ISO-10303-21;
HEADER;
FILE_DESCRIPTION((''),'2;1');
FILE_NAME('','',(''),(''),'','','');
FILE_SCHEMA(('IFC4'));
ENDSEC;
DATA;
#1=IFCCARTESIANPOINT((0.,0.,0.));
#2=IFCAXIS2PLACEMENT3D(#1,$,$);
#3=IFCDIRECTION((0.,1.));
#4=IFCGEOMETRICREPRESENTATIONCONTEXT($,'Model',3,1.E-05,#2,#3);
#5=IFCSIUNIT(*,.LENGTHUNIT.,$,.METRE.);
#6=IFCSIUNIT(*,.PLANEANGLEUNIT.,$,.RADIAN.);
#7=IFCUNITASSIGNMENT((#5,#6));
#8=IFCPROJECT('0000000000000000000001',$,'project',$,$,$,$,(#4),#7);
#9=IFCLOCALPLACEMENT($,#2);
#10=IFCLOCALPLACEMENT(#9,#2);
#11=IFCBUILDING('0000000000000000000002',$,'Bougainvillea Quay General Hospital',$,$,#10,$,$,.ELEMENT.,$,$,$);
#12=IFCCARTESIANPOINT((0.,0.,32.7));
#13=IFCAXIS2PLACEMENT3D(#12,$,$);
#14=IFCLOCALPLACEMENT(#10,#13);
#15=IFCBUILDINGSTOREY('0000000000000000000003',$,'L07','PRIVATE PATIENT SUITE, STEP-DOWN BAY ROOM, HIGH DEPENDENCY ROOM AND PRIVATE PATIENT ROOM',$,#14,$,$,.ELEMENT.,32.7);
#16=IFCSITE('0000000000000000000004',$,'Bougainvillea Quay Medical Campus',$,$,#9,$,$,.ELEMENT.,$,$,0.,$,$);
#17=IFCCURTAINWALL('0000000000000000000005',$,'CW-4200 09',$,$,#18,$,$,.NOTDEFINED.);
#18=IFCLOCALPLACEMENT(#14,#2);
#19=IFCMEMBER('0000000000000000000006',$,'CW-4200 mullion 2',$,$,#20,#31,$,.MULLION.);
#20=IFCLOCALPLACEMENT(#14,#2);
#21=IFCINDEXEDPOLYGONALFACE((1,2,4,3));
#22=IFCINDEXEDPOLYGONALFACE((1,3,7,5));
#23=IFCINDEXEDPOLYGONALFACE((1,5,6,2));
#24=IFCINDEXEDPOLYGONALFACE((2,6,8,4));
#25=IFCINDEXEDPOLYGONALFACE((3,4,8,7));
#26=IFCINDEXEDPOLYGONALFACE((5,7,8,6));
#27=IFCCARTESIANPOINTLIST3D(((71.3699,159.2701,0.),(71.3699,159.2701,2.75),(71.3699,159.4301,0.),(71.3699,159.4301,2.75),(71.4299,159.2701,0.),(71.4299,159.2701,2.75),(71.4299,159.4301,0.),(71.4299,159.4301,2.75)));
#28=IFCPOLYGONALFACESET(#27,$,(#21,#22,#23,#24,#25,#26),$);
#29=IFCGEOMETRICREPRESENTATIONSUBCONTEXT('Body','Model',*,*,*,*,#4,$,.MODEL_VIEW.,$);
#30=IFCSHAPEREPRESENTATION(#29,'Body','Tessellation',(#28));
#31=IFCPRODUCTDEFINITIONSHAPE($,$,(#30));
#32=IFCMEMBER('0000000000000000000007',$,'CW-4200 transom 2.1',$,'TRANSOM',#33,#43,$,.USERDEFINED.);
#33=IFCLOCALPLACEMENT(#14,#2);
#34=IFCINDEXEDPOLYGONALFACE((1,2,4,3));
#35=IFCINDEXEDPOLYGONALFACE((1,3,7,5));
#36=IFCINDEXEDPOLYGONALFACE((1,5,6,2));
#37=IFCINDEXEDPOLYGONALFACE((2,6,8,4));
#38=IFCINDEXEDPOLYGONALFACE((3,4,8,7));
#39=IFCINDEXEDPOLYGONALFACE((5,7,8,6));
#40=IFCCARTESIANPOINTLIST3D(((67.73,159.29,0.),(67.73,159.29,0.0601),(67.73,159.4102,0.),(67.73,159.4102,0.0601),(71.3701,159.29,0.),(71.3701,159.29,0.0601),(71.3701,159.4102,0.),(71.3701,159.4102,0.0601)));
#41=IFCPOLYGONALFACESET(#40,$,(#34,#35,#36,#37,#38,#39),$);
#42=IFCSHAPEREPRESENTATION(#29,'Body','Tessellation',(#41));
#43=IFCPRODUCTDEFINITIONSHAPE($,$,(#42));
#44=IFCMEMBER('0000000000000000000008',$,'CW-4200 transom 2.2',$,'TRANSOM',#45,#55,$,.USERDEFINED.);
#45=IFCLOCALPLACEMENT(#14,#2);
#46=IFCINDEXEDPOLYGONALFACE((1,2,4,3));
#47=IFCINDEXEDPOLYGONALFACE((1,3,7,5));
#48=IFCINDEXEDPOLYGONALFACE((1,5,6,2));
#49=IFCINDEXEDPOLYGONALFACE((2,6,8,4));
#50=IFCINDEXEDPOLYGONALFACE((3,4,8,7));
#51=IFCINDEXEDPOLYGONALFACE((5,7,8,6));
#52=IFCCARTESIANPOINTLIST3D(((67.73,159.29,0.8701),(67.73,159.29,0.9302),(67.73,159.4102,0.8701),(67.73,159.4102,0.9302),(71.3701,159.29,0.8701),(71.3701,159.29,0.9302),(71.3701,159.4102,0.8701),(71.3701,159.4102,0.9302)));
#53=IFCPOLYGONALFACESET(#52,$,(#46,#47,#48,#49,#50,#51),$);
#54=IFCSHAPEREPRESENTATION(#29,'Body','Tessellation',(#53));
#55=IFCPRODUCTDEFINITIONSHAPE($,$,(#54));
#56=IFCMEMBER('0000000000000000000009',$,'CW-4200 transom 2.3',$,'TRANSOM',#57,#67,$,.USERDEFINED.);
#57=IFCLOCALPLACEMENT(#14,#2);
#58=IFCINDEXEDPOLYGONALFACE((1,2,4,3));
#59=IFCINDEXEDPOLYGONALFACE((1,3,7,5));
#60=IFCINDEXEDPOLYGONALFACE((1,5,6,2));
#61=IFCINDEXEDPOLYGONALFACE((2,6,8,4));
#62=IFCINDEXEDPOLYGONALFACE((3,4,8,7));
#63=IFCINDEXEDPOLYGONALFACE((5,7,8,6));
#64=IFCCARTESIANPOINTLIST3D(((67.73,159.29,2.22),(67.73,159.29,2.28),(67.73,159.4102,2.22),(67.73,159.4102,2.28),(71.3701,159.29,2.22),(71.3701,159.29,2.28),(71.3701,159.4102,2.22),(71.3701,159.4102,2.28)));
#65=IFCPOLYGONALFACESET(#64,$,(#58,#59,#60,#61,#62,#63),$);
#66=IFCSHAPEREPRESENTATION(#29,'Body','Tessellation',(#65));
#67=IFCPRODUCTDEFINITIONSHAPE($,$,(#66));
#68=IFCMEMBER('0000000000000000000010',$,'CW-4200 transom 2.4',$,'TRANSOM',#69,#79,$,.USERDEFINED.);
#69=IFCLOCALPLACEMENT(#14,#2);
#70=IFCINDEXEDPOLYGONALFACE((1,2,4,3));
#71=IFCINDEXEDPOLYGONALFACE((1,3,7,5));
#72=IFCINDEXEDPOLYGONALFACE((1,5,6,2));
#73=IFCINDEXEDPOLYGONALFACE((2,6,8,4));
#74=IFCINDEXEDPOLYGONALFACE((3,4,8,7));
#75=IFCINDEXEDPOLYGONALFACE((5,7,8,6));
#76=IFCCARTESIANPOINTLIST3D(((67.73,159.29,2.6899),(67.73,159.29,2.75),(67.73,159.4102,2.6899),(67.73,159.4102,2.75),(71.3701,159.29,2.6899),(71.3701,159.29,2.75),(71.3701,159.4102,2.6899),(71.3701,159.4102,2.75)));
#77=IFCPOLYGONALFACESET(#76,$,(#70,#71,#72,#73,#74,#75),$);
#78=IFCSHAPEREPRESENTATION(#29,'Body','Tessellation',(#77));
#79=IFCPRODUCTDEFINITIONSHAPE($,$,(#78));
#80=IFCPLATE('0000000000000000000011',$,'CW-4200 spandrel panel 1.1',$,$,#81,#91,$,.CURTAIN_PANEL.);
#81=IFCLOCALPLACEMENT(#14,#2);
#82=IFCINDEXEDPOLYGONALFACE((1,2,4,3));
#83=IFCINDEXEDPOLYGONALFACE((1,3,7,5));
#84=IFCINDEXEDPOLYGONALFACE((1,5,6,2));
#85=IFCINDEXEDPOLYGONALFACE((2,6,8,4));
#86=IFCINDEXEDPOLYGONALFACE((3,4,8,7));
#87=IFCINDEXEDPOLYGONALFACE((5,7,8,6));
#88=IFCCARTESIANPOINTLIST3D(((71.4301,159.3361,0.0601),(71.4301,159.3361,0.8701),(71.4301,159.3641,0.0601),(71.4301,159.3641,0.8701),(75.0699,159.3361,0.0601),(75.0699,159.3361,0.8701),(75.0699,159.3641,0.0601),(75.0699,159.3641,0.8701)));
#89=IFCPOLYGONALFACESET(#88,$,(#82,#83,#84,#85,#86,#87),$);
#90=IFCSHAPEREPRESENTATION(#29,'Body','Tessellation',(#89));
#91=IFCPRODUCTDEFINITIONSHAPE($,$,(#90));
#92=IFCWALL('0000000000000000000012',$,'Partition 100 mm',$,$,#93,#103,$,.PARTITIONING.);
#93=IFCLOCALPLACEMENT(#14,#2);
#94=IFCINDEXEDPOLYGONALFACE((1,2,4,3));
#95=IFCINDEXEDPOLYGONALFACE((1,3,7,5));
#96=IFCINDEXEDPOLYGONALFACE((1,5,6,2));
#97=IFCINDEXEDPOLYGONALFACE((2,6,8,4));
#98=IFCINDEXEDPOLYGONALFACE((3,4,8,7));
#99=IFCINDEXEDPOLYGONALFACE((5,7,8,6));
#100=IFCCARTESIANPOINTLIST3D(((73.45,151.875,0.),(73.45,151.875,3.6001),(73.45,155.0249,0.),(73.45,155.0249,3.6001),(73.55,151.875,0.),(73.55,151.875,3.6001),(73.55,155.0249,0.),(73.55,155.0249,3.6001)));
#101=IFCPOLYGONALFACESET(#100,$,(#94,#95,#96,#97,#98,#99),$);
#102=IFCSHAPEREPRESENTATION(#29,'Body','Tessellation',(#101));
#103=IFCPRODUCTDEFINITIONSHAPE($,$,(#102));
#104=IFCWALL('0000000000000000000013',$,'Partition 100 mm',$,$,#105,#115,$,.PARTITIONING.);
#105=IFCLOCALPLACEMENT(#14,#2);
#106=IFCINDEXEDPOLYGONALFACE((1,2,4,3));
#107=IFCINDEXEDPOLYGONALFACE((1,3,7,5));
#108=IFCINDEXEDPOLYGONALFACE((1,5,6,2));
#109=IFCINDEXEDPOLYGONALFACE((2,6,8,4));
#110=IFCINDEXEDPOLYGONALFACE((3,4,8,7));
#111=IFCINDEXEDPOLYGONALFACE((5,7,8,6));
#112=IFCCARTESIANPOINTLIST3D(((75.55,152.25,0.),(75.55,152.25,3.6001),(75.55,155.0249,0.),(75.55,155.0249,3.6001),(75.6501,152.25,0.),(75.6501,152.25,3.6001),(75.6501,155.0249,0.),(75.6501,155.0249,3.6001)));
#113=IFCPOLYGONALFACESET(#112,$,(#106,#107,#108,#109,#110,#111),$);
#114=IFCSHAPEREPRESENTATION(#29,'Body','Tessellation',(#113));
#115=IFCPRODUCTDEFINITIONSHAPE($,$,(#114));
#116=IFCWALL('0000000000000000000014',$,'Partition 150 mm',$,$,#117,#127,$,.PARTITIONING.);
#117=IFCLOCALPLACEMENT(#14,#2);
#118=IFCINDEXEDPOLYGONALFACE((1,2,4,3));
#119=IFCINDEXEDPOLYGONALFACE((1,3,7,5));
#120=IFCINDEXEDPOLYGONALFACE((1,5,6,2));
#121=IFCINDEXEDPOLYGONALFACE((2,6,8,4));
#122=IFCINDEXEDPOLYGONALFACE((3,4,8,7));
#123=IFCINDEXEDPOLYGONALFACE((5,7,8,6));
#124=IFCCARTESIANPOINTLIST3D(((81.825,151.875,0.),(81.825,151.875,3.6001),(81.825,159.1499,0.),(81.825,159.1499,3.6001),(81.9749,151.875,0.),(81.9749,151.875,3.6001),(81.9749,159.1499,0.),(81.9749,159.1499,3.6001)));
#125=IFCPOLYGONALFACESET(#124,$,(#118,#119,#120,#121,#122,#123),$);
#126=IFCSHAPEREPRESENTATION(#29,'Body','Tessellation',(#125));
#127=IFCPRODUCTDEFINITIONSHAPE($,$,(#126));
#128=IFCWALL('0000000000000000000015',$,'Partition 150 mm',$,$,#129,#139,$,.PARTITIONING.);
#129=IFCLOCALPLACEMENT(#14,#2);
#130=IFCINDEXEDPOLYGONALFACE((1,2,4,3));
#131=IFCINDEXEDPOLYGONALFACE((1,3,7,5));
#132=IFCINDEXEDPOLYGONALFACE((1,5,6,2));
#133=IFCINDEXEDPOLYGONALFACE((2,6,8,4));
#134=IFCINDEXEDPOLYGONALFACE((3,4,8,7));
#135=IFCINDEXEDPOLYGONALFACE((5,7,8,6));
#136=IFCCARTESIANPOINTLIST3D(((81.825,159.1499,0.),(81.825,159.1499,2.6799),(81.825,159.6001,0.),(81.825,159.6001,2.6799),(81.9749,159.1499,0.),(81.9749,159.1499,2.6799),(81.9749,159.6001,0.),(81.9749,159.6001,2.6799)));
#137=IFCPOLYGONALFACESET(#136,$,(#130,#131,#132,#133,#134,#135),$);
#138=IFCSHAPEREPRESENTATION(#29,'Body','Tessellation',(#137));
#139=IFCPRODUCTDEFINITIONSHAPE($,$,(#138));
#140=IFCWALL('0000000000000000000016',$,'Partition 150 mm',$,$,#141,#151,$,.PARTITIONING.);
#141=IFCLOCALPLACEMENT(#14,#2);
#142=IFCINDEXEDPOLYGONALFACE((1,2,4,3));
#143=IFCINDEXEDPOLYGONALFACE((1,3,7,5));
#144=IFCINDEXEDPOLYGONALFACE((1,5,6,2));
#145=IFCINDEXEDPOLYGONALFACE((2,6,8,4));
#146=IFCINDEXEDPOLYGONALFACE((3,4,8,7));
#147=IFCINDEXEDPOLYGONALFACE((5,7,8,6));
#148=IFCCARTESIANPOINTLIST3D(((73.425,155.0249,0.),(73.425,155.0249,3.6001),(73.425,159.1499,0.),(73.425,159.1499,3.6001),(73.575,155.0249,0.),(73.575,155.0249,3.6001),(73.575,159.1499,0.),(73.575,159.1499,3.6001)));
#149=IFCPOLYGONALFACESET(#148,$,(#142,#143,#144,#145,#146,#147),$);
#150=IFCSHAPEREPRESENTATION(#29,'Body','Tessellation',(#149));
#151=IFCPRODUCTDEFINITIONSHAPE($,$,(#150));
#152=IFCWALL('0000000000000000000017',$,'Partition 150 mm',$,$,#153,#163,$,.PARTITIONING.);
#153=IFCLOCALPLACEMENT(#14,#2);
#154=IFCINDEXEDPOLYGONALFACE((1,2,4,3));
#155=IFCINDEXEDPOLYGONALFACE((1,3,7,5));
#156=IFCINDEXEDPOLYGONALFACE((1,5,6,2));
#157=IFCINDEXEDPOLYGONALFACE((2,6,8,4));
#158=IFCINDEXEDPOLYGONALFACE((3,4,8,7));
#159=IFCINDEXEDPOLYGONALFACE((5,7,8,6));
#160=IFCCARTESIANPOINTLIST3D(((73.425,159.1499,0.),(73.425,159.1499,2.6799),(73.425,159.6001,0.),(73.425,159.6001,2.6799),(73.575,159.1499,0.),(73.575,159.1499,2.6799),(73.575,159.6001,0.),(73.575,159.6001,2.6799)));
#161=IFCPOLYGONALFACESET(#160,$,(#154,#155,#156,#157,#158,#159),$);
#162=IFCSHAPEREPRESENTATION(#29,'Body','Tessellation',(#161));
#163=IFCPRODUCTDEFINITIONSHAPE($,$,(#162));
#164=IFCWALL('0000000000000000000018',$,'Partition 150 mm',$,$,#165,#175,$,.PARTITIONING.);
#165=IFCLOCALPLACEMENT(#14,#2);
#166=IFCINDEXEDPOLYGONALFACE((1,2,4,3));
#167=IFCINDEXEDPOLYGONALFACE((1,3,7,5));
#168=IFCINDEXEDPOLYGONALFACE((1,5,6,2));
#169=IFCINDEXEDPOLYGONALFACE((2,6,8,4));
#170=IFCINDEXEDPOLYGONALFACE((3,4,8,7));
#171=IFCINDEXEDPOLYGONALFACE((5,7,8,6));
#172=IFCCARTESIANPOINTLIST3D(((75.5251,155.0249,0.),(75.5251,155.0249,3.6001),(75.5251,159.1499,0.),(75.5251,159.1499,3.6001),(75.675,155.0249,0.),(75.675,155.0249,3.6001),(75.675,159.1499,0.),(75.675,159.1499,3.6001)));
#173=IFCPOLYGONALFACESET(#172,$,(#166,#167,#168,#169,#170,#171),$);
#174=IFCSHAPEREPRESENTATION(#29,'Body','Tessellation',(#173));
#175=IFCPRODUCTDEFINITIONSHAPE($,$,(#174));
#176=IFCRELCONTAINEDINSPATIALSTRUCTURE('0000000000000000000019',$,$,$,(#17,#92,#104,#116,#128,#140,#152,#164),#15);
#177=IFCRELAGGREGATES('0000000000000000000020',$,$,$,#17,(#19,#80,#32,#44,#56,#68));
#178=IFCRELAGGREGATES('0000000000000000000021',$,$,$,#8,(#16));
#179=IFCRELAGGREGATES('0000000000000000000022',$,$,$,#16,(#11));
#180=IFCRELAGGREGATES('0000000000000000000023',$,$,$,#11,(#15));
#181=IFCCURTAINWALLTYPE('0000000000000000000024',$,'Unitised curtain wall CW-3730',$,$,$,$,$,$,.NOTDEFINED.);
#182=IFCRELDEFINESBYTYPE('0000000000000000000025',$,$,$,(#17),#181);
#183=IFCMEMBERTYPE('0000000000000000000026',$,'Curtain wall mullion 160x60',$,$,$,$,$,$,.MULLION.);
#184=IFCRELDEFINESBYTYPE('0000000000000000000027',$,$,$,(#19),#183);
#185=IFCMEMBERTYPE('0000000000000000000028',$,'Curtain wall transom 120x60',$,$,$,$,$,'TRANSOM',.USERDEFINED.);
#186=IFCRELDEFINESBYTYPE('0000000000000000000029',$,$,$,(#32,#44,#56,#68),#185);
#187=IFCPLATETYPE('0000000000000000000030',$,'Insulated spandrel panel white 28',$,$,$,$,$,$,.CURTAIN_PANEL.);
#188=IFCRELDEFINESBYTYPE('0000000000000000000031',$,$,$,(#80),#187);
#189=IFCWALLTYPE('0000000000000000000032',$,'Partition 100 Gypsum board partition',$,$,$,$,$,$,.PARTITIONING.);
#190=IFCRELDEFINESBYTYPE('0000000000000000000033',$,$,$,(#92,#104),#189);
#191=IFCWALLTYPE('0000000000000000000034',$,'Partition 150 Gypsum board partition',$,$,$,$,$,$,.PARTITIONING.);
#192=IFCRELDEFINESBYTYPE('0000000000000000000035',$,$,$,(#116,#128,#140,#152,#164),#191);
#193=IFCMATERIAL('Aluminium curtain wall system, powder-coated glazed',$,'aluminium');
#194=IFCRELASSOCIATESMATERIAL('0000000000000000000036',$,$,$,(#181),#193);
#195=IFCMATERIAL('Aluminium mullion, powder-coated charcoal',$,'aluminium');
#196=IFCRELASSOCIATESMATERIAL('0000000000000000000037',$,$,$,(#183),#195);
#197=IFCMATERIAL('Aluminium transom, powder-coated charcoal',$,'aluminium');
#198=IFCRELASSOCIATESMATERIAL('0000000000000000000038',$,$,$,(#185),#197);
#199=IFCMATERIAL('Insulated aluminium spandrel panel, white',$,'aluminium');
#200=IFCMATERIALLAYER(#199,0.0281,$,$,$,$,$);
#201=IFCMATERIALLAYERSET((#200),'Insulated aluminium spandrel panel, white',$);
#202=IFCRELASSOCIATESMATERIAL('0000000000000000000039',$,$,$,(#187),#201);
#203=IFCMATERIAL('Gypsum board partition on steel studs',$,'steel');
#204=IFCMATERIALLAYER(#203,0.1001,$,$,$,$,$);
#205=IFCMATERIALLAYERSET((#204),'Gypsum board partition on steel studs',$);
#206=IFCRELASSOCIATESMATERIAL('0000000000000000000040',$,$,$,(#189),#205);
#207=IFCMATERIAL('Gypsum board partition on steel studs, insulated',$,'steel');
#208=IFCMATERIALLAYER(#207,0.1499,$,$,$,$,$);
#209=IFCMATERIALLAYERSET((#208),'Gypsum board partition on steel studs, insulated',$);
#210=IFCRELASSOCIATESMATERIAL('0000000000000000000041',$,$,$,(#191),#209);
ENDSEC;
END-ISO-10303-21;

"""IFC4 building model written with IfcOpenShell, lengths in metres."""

from ifc_helpers import new_model, si_unit, direction, frame, frame_2d, origin, origin_2d, place, context, subcontext, project, spatial, rectangle, extrude, material, layer, layer_set, material_profile, profile_set, type_object, element, aggregate, save


model = new_model("IFC4")

# Units and contexts
model_context = context("Model", 3, precision=1e-05, world=origin(), true_north=direction((0.0, 1.0)))
body_context = subcontext(model_context, "Body", "Model", "MODEL_VIEW")
ifc_project = project(units=[si_unit("LENGTHUNIT", "METRE"), si_unit("PLANEANGLEUNIT", "RADIAN")], contexts=[model_context])

# Site, building, storey
site_placement = place(None, origin())
site = spatial("IfcSite", under=ifc_project, at=site_placement, Name="Bougainvillea Quay Medical Campus", CompositionType="ELEMENT", RefElevation=0.0)
building_placement = place(site_placement, origin())
building = spatial("IfcBuilding", under=site, at=building_placement, Name="Bougainvillea Quay General Hospital", CompositionType="ELEMENT")
storey_placement = place(building_placement, frame((0.0, 0.0, 32.7)))
storey = spatial("IfcBuildingStorey", under=building, at=storey_placement, Name="L07", Description="PRIVATE PATIENT SUITE, STEP-DOWN BAY ROOM, HIGH DEPENDENCY ROOM AND PRIVATE PATIENT ROOM", CompositionType="ELEMENT", Elevation=32.7)

# Curtain wall, members, plate
ifc_material_1 = material(Name="Aluminium curtain wall system, powder-coated glazed", Category="aluminium")
curtain_wall_type = type_object("IfcCurtainWallType", Name="Unitised curtain wall CW-3730", PredefinedType="NOTDEFINED", material=ifc_material_1)
curtain_wall_placement = place(storey_placement, origin())
curtain_wall = element("IfcCurtainWall", 1, at=curtain_wall_placement, inside=storey, type_object=curtain_wall_type, Name="CW-4200 09", PredefinedType="NOTDEFINED")
ifc_material_2 = material(Name="Aluminium mullion, powder-coated charcoal", Category="aluminium")
ifc_material_profile_1 = material_profile(ifc_material_2, rectangle(XDim=0.1599, YDim=0.0601, at=origin_2d()))
ifc_profile_set_1 = profile_set([ifc_material_profile_1], Name="Aluminium mullion, powder-coated charcoal")
member_type_1 = type_object("IfcMemberType", Name="Curtain wall mullion 160x60", PredefinedType="MULLION", material=ifc_profile_set_1)
member_1_placement = place(storey_placement, frame((71.3999, 159.3501, 0.0), z_axis=(0.0, 0.0, 1.0), x_axis=(0.0, -1.0, 0.0)))
member_1 = element("IfcMember", 2, at=member_1_placement, type_object=member_type_1, Name="CW-4200 mullion 2", PredefinedType="MULLION", context=body_context, shape_type="SweptSolid", body=[
    extrude(rectangle(XDim=0.1599, YDim=0.0601, at=origin_2d()), origin(), (0.0, 0.0, 1.0), 2.75),
])
ifc_material_3 = material(Name="Aluminium transom, powder-coated charcoal", Category="aluminium")
ifc_material_profile_2 = material_profile(ifc_material_3, rectangle(XDim=0.1201, YDim=0.0601, at=origin_2d()))
ifc_profile_set_2 = profile_set([ifc_material_profile_2], Name="Aluminium transom, powder-coated charcoal")
member_type_2 = type_object("IfcMemberType", Name="Curtain wall transom 120x60", ElementType="TRANSOM", PredefinedType="USERDEFINED", material=ifc_profile_set_2)
member_2_placement = place(storey_placement, frame((71.3701, 159.3501, 0.03), z_axis=(-1.0, 0.0, 0.0), x_axis=(0.0, -1.0, 0.0)))
member_2 = element("IfcMember", 3, at=member_2_placement, type_object=member_type_2, Name="CW-4200 transom 2.1", ObjectType="TRANSOM", PredefinedType="USERDEFINED", context=body_context, shape_type="SweptSolid", body=[
    extrude(rectangle(XDim=0.1201, YDim=0.0601, at=origin_2d()), origin(), (0.0, 0.0, 1.0), 3.6401),
])
member_3_placement = place(storey_placement, frame((71.3701, 159.3501, 0.9001), z_axis=(-1.0, 0.0, 0.0), x_axis=(0.0, -1.0, 0.0)))
member_3 = element("IfcMember", 4, at=member_3_placement, type_object=member_type_2, Name="CW-4200 transom 2.2", ObjectType="TRANSOM", PredefinedType="USERDEFINED", context=body_context, shape_type="SweptSolid", body=[
    extrude(rectangle(XDim=0.1201, YDim=0.0601, at=origin_2d()), origin(), (0.0, 0.0, 1.0), 3.6401),
])
member_4_placement = place(storey_placement, frame((71.3701, 159.3501, 2.25), z_axis=(-1.0, 0.0, 0.0), x_axis=(0.0, -1.0, 0.0)))
member_4 = element("IfcMember", 5, at=member_4_placement, type_object=member_type_2, Name="CW-4200 transom 2.3", ObjectType="TRANSOM", PredefinedType="USERDEFINED", context=body_context, shape_type="SweptSolid", body=[
    extrude(rectangle(XDim=0.1201, YDim=0.0601, at=origin_2d()), origin(), (0.0, 0.0, 1.0), 3.6401),
])
member_5_placement = place(storey_placement, frame((71.3701, 159.3501, 2.72), z_axis=(-1.0, 0.0, 0.0), x_axis=(0.0, -1.0, 0.0)))
member_5 = element("IfcMember", 6, at=member_5_placement, type_object=member_type_2, Name="CW-4200 transom 2.4", ObjectType="TRANSOM", PredefinedType="USERDEFINED", context=body_context, shape_type="SweptSolid", body=[
    extrude(rectangle(XDim=0.1201, YDim=0.0601, at=origin_2d()), origin(), (0.0, 0.0, 1.0), 3.6401),
])
ifc_material_4 = material(Name="Insulated aluminium spandrel panel, white", Category="aluminium")
ifc_layer_1 = layer(ifc_material_4, 0.0281)
ifc_layer_set_1 = layer_set([ifc_layer_1], Name="Insulated aluminium spandrel panel, white")
plate_type = type_object("IfcPlateType", Name="Insulated spandrel panel white 28", PredefinedType="CURTAIN_PANEL", material=ifc_layer_set_1)
plate_placement = place(storey_placement, frame((73.25, 159.3501, 0.0601), z_axis=(0.0, 0.0, 1.0), x_axis=(-1.0, 0.0, 0.0)))
plate = element("IfcPlate", 7, at=plate_placement, type_object=plate_type, Name="CW-4200 spandrel panel 1.1", PredefinedType="CURTAIN_PANEL", context=body_context, shape_type="SweptSolid", body=[
    extrude(rectangle(XDim=3.6399, YDim=0.0281, at=origin_2d()), origin(), (0.0, 0.0, 1.0), 0.8101),
])
aggregate(curtain_wall, [member_1, plate, member_2, member_3, member_4, member_5])

# Walls
ifc_material_5 = material(Name="Gypsum board partition on steel studs", Category="steel")
ifc_layer_2 = layer(ifc_material_5, 0.1001)
ifc_layer_set_2 = layer_set([ifc_layer_2], Name="Gypsum board partition on steel studs")
wall_type_1 = type_object("IfcWallType", Name="Partition 100 Gypsum board partition", PredefinedType="PARTITIONING", material=ifc_layer_set_2)
wall_1_placement = place(storey_placement, frame((73.5, 151.875, 0.0), z_axis=(0.0, 0.0, 1.0), x_axis=(0.0, 1.0, 0.0)))
element("IfcWall", 8, at=wall_1_placement, inside=storey, type_object=wall_type_1, Name="Partition 100 mm", PredefinedType="PARTITIONING", context=body_context, shape_type="SweptSolid", body=[
    extrude(rectangle(XDim=3.1499, YDim=0.1001, at=frame_2d((1.575, 0.0))), origin(), (0.0, 0.0, 1.0), 3.6001),
])
wall_2_placement = place(storey_placement, frame((75.6001, 152.25, 0.0), z_axis=(0.0, 0.0, 1.0), x_axis=(0.0, 1.0, 0.0)))
element("IfcWall", 9, at=wall_2_placement, inside=storey, type_object=wall_type_1, Name="Partition 100 mm", PredefinedType="PARTITIONING", context=body_context, shape_type="SweptSolid", body=[
    extrude(rectangle(XDim=2.7749, YDim=0.1001, at=frame_2d((1.3875, 0.0))), origin(), (0.0, 0.0, 1.0), 3.6001),
])
ifc_material_6 = material(Name="Gypsum board partition on steel studs, insulated", Category="steel")
ifc_layer_3 = layer(ifc_material_6, 0.1499)
ifc_layer_set_3 = layer_set([ifc_layer_3], Name="Gypsum board partition on steel studs, insulated")
wall_type_2 = type_object("IfcWallType", Name="Partition 150 Gypsum board partition", PredefinedType="PARTITIONING", material=ifc_layer_set_3)
wall_3_placement = place(storey_placement, frame((81.8999, 151.875, 0.0), z_axis=(0.0, 0.0, 1.0), x_axis=(0.0, 1.0, 0.0)))
element("IfcWall", 10, at=wall_3_placement, inside=storey, type_object=wall_type_2, Name="Partition 150 mm", PredefinedType="PARTITIONING", context=body_context, shape_type="SweptSolid", body=[
    extrude(rectangle(XDim=7.2749, YDim=0.1499, at=frame_2d((3.6375, 0.0))), origin(), (0.0, 0.0, 1.0), 3.6001),
])
wall_4_placement = place(storey_placement, frame((81.8999, 159.1499, 0.0), z_axis=(0.0, 0.0, 1.0), x_axis=(0.0, 1.0, 0.0)))
element("IfcWall", 11, at=wall_4_placement, inside=storey, type_object=wall_type_2, Name="Partition 150 mm", PredefinedType="PARTITIONING", context=body_context, shape_type="SweptSolid", body=[
    extrude(rectangle(XDim=0.4502, YDim=0.1499, at=frame_2d((0.2251, 0.0))), origin(), (0.0, 0.0, 1.0), 2.6799),
])
wall_5_placement = place(storey_placement, frame((73.5, 155.0249, 0.0), z_axis=(0.0, 0.0, 1.0), x_axis=(0.0, 1.0, 0.0)))
element("IfcWall", 12, at=wall_5_placement, inside=storey, type_object=wall_type_2, Name="Partition 150 mm", PredefinedType="PARTITIONING", context=body_context, shape_type="SweptSolid", body=[
    extrude(rectangle(XDim=4.125, YDim=0.1499, at=frame_2d((2.0625, 0.0))), origin(), (0.0, 0.0, 1.0), 3.6001),
])
wall_6_placement = place(storey_placement, frame((73.5, 159.1499, 0.0), z_axis=(0.0, 0.0, 1.0), x_axis=(0.0, 1.0, 0.0)))
element("IfcWall", 13, at=wall_6_placement, inside=storey, type_object=wall_type_2, Name="Partition 150 mm", PredefinedType="PARTITIONING", context=body_context, shape_type="SweptSolid", body=[
    extrude(rectangle(XDim=0.4502, YDim=0.1499, at=frame_2d((0.2251, 0.0))), origin(), (0.0, 0.0, 1.0), 2.6799),
])
wall_7_placement = place(storey_placement, frame((75.6001, 155.0249, 0.0), z_axis=(0.0, 0.0, 1.0), x_axis=(0.0, 1.0, 0.0)))
element("IfcWall", 14, at=wall_7_placement, inside=storey, type_object=wall_type_2, Name="Partition 150 mm", PredefinedType="PARTITIONING", context=body_context, shape_type="SweptSolid", body=[
    extrude(rectangle(XDim=4.125, YDim=0.1499, at=frame_2d((2.0625, 0.0))), origin(), (0.0, 0.0, 1.0), 3.6001),
])

save(model, "model.ifc")
